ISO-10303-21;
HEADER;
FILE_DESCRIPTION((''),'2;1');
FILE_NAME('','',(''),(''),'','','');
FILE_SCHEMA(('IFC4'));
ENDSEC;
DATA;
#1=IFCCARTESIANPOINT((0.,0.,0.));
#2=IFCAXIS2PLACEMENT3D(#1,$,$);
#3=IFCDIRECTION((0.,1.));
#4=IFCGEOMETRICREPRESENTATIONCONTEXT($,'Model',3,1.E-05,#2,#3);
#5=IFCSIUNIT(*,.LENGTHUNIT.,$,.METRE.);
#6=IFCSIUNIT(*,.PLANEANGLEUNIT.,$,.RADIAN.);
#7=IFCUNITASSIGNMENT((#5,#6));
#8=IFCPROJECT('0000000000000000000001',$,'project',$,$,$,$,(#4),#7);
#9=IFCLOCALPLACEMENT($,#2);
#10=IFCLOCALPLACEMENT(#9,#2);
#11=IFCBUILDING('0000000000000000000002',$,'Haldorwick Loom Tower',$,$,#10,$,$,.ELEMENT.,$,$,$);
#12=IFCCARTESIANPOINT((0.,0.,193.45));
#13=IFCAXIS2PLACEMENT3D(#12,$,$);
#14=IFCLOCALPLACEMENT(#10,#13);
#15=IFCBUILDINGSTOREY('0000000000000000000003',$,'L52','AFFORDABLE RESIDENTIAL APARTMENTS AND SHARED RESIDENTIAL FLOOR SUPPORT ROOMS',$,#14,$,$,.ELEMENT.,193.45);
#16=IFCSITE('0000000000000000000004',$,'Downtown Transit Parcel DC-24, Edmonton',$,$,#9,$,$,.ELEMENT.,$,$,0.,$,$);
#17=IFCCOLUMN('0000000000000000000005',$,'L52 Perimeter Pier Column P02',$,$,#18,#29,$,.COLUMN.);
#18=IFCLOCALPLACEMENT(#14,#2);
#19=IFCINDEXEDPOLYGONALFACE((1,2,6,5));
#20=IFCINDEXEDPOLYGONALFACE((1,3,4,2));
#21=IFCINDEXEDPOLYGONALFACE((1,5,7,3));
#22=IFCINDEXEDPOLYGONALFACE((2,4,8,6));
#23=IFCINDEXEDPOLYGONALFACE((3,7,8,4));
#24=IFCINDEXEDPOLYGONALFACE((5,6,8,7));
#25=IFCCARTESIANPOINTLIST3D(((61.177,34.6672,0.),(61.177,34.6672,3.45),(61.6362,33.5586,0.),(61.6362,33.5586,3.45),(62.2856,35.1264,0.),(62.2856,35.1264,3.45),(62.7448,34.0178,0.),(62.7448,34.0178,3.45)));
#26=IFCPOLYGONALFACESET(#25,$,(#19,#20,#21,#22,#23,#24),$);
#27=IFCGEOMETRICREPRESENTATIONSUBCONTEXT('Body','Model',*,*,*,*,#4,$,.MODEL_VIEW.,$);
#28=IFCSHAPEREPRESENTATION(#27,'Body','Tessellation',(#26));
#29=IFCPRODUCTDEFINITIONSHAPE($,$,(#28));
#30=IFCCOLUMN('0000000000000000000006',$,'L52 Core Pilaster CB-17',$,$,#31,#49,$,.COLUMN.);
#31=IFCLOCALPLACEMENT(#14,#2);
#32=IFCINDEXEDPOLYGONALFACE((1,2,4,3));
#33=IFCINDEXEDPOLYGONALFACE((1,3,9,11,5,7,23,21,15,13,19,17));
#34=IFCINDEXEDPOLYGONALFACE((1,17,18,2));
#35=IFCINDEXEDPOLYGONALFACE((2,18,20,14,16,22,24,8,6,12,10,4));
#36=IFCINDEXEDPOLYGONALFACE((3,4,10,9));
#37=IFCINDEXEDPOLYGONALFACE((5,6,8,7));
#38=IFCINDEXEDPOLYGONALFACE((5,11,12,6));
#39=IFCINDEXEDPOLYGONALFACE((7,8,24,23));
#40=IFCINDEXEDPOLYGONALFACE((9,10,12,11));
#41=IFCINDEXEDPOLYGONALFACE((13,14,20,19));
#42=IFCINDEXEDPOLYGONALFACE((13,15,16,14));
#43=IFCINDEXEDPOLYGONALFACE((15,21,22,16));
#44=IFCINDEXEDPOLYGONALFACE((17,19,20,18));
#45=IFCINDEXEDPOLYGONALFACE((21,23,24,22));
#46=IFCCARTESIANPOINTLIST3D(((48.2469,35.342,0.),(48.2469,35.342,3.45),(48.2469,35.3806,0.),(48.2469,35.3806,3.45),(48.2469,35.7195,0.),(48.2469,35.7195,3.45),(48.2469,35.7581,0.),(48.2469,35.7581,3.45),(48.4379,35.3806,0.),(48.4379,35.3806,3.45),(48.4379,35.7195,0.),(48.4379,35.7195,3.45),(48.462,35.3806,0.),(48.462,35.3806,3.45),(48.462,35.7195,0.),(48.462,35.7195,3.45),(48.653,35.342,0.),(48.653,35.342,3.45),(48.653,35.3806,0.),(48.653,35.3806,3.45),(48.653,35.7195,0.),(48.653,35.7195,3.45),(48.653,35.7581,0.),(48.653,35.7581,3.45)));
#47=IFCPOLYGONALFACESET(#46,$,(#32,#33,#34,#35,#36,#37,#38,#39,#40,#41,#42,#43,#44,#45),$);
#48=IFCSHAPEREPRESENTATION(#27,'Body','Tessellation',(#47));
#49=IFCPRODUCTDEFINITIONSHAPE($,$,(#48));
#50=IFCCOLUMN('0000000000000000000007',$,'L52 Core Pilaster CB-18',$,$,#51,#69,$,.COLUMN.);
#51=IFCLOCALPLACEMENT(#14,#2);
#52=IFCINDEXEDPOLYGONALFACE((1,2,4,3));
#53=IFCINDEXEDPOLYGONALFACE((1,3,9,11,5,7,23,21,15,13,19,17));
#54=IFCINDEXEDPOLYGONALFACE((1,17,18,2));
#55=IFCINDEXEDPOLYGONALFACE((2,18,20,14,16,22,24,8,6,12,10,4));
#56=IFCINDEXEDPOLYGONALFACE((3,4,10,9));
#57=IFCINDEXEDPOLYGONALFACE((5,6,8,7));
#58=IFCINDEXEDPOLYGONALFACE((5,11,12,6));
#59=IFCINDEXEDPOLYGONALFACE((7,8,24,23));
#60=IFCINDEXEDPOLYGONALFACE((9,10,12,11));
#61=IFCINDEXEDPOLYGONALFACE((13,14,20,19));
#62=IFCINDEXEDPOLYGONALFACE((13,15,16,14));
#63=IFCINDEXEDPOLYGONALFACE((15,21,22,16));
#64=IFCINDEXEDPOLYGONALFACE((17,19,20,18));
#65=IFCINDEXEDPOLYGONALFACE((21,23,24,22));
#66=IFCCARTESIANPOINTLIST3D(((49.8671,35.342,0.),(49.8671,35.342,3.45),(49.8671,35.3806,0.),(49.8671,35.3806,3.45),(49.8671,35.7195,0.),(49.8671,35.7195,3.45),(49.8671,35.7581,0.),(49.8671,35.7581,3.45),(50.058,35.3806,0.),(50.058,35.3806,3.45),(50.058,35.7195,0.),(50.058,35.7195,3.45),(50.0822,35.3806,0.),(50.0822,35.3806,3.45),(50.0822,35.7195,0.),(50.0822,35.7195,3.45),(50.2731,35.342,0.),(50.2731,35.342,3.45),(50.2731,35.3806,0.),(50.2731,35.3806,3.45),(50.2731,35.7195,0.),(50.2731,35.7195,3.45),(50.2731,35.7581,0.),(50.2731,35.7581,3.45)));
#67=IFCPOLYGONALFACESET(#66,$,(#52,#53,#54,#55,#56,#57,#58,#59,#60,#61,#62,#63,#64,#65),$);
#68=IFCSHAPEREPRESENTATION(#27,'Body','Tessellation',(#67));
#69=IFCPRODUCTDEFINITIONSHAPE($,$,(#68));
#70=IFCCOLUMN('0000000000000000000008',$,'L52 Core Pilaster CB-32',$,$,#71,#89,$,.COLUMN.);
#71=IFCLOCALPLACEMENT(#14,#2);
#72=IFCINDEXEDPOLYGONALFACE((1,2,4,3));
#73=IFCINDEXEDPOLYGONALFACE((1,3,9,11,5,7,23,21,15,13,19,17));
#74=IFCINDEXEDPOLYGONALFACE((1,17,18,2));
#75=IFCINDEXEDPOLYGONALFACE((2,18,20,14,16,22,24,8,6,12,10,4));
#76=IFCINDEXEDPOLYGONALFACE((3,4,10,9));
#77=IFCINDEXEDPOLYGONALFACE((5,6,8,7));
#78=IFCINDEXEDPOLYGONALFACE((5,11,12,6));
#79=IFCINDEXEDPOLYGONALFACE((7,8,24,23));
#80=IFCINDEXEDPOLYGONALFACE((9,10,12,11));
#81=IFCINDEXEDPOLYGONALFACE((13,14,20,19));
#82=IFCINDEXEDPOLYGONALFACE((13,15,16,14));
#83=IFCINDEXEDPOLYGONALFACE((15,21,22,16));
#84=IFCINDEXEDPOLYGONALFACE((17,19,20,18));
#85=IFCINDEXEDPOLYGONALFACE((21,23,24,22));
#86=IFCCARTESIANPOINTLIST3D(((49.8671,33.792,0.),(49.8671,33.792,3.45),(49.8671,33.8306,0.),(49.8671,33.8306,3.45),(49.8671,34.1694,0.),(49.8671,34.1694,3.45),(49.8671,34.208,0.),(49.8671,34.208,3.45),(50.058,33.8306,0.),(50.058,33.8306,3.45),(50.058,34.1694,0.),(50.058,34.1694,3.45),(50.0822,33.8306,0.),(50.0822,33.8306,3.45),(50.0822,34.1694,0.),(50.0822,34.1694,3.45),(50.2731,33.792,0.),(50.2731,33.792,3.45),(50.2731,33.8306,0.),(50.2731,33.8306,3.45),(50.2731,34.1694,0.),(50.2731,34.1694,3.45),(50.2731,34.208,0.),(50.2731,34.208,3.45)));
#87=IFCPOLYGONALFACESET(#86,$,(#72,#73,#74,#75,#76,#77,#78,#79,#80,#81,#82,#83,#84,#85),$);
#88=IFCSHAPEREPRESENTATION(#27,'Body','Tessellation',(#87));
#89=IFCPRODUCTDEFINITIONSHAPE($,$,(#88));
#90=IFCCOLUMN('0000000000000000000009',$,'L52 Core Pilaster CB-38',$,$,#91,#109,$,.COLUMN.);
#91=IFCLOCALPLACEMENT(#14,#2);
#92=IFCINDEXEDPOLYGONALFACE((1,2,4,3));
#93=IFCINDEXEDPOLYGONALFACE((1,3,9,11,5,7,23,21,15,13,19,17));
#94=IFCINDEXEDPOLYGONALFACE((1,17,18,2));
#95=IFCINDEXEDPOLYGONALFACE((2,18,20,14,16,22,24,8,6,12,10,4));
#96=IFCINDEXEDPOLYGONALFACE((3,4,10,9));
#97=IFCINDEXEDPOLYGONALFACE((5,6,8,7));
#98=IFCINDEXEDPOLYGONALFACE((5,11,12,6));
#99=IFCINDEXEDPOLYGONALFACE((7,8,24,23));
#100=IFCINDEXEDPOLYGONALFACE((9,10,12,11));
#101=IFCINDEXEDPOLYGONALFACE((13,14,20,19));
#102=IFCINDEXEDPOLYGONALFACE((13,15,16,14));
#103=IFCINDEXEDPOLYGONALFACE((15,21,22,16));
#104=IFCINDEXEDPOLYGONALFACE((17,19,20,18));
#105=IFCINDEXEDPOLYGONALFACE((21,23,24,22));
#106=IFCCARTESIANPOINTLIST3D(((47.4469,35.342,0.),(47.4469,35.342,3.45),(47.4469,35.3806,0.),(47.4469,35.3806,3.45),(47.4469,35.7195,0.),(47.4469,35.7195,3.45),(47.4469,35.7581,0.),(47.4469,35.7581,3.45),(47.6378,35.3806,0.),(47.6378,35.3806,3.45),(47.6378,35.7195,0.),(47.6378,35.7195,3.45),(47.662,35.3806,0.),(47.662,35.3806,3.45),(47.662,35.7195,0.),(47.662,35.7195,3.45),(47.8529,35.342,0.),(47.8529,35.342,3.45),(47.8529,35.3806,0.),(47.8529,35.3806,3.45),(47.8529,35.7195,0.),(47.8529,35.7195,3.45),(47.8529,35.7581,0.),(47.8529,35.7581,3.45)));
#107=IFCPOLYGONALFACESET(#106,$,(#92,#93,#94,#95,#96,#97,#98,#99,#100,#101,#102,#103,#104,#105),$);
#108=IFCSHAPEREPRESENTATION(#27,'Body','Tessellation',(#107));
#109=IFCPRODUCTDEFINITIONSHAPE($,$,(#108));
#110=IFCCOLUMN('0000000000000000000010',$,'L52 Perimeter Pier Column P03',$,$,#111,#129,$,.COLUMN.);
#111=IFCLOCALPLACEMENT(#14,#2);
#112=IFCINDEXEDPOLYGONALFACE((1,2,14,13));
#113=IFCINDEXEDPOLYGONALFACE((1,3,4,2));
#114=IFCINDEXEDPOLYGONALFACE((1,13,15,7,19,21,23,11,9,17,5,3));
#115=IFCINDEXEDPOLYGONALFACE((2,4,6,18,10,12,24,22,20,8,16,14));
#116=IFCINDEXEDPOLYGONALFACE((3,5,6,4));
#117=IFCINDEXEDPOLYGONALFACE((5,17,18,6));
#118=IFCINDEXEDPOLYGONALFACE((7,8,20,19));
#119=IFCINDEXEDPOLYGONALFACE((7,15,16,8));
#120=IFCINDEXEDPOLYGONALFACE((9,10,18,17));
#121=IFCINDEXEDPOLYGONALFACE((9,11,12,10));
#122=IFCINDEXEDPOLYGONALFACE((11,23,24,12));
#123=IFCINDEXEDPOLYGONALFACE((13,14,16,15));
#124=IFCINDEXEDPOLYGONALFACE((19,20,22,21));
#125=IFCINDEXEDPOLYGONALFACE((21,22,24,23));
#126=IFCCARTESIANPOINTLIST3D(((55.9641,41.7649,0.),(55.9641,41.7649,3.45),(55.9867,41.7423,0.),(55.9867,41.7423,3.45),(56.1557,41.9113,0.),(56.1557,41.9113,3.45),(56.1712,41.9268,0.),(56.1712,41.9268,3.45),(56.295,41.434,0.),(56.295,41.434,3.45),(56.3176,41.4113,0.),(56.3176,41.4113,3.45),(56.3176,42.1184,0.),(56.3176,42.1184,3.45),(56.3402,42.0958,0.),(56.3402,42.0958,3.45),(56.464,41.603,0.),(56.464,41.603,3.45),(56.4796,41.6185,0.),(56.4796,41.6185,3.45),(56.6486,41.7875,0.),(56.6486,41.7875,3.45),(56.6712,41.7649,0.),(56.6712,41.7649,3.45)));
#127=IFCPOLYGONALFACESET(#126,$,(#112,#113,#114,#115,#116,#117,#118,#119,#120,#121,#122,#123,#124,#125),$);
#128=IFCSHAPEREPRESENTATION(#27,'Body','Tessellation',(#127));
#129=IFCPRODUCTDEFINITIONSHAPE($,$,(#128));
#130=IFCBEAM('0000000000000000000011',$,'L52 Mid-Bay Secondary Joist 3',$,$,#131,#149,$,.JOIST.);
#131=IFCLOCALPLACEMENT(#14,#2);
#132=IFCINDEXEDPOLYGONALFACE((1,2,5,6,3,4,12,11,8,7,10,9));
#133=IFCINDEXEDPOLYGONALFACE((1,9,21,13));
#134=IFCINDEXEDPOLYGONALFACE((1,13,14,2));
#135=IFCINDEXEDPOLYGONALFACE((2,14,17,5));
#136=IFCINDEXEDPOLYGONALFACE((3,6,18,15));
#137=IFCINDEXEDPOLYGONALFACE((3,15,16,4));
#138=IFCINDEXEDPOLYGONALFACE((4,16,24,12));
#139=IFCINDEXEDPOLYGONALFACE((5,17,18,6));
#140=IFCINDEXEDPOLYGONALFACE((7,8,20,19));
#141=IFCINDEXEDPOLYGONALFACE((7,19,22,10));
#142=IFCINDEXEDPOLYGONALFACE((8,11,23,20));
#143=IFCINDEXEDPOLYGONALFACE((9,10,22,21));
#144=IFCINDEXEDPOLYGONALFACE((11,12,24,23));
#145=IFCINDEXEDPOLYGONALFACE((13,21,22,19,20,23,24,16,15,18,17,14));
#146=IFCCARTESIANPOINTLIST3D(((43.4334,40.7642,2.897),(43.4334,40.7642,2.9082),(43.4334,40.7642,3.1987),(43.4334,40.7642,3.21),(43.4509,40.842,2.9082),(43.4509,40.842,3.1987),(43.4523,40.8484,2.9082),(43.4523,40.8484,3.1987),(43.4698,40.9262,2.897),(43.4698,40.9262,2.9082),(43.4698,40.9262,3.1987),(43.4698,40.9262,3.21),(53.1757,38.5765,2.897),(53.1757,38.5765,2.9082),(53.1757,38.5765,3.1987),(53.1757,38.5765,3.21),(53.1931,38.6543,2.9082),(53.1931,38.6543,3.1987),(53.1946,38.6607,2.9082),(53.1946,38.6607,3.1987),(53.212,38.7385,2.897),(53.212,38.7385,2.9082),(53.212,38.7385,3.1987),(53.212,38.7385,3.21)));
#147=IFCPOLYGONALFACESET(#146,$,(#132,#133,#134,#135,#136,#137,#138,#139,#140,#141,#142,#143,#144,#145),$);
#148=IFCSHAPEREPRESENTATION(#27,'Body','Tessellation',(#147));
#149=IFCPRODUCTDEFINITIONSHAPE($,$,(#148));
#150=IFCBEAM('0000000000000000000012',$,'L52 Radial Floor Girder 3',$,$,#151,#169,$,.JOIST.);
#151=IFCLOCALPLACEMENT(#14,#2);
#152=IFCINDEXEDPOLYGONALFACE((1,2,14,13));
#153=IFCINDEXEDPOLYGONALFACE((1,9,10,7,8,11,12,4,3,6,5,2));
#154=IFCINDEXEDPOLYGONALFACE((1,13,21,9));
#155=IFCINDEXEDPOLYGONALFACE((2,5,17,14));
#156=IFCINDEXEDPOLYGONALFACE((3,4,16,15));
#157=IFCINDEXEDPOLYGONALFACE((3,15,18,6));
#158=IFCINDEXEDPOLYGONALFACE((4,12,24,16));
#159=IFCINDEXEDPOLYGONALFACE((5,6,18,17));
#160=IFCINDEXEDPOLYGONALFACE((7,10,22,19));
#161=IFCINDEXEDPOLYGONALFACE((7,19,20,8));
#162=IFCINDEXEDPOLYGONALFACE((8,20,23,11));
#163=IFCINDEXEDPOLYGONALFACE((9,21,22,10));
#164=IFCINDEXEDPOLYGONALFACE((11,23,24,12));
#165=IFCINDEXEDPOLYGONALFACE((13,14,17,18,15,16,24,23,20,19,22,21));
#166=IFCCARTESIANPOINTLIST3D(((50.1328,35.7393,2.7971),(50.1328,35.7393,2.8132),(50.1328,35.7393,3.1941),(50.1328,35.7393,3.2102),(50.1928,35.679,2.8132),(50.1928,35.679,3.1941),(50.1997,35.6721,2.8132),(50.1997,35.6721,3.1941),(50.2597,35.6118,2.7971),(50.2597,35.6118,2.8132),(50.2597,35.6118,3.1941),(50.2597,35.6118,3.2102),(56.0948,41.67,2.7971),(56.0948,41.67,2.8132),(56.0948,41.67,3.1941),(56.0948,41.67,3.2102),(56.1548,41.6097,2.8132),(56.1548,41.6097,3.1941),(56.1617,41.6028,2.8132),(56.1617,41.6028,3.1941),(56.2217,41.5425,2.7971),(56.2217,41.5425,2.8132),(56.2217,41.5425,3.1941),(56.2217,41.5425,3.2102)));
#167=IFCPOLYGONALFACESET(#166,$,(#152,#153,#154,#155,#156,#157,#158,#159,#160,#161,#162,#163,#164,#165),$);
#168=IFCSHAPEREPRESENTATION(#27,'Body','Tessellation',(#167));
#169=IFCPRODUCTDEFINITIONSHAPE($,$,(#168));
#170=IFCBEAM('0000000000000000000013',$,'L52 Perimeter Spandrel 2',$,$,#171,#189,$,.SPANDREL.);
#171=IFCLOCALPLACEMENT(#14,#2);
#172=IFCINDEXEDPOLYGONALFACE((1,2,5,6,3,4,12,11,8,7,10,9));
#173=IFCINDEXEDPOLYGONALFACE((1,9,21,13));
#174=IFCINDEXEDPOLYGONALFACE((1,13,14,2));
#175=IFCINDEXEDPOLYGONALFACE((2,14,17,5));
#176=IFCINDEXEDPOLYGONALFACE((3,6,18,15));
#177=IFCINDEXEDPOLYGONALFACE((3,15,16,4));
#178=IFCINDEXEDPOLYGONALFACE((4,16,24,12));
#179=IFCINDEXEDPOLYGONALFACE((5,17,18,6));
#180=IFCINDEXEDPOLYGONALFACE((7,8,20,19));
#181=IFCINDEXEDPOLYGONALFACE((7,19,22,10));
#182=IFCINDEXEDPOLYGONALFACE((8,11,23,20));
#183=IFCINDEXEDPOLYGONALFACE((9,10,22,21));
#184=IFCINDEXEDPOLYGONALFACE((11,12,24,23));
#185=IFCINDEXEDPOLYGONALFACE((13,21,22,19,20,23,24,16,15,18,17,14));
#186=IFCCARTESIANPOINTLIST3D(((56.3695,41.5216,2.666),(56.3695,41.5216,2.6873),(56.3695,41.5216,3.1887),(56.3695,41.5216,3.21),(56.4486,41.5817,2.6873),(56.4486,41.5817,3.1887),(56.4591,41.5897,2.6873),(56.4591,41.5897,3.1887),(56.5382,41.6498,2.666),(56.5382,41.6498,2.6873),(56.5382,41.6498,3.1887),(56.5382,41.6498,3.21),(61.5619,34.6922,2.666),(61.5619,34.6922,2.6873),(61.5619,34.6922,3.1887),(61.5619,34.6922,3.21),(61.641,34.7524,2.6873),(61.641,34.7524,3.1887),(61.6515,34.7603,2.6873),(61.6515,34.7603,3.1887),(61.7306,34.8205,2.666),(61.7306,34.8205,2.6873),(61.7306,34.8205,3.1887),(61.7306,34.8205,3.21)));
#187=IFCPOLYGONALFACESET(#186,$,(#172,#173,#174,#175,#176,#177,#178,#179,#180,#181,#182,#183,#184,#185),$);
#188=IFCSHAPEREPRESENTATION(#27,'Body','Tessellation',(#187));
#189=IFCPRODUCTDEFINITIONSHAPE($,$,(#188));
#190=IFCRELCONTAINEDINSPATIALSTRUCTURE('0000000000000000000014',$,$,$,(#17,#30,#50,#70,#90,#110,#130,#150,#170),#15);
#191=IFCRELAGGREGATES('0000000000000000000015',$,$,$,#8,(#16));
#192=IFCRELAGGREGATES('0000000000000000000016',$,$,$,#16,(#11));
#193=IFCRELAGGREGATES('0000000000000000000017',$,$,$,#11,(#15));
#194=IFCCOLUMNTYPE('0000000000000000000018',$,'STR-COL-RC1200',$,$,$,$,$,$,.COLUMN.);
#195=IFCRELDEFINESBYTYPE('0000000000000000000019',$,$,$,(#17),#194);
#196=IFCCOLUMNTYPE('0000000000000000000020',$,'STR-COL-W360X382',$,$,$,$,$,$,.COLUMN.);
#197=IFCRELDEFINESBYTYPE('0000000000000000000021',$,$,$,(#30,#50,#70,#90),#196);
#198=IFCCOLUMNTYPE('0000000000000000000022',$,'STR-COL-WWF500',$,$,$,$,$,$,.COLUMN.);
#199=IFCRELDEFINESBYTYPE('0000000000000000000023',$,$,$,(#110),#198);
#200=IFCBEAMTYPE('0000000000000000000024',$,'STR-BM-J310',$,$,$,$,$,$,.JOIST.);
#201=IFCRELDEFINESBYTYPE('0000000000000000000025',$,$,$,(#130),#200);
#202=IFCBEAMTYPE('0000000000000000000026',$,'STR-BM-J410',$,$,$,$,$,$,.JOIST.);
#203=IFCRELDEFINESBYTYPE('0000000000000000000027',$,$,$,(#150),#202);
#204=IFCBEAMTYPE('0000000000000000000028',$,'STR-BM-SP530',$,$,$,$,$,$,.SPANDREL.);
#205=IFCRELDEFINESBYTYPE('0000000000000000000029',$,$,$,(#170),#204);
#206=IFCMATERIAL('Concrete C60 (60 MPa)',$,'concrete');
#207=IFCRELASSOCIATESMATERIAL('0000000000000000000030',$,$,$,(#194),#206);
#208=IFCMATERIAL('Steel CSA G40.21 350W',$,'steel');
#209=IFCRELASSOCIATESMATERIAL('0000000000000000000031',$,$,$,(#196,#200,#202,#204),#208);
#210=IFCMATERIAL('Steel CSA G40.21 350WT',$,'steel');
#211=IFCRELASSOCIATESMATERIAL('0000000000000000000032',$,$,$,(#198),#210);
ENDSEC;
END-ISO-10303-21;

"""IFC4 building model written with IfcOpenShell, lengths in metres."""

from ifc_helpers import new_model, si_unit, direction, frame, origin, origin_2d, place, context, subcontext, project, spatial, rectangle, i_section, extrude, material, material_profile, profile_set, type_object, element, save


model = new_model("IFC4")

# Units and contexts
model_context = context("Model", 3, precision=1e-05, world=origin(), true_north=direction((0.0, 1.0)))
body_context = subcontext(model_context, "Body", "Model", "MODEL_VIEW")
ifc_project = project(units=[si_unit("LENGTHUNIT", "METRE"), si_unit("PLANEANGLEUNIT", "RADIAN")], contexts=[model_context])

# Site, building, storey
site_placement = place(None, origin())
site = spatial("IfcSite", under=ifc_project, at=site_placement, Name="Downtown Transit Parcel DC-24, Edmonton", CompositionType="ELEMENT", RefElevation=0.0)
building_placement = place(site_placement, origin())
building = spatial("IfcBuilding", under=site, at=building_placement, Name="Haldorwick Loom Tower", CompositionType="ELEMENT")
storey_placement = place(building_placement, frame((0.0, 0.0, 193.45)))
storey = spatial("IfcBuildingStorey", under=building, at=storey_placement, Name="L52", Description="AFFORDABLE RESIDENTIAL APARTMENTS AND SHARED RESIDENTIAL FLOOR SUPPORT ROOMS", CompositionType="ELEMENT", Elevation=193.45)

# Columns
ifc_material_1 = material(Name="Concrete C60 (60 MPa)", Category="concrete")
ifc_material_profile_1 = material_profile(ifc_material_1, rectangle(XDim=1.2, YDim=1.2, at=origin_2d()), Name="RC1200X1200", Category="concrete")
ifc_profile_set_1 = profile_set([ifc_material_profile_1], Name="Concrete C60 (60 MPa)")
column_type_1 = type_object("IfcColumnType", Name="STR-COL-RC1200", PredefinedType="COLUMN", material=ifc_profile_set_1)
column_1_placement = place(storey_placement, frame((61.9609, 34.3425, 0.0), z_axis=(0.0, 0.0, 1.0), x_axis=(0.92388, 0.382683, 0.0)))
element("IfcColumn", 1, at=column_1_placement, inside=storey, type_object=column_type_1, Name="L52 Perimeter Pier Column P02", PredefinedType="COLUMN", context=body_context, shape_type="SweptSolid", body=[
    extrude(rectangle(XDim=1.2, YDim=1.2, at=origin_2d()), origin(), (0.0, 0.0, 1.0), 3.45),
])
ifc_material_2 = material(Name="Steel CSA G40.21 350W", Category="steel")
ifc_material_profile_2 = material_profile(ifc_material_2, i_section(OverallWidth=0.406, OverallDepth=0.416, WebThickness=0.0242, FlangeThickness=0.0386, at=origin_2d()), Name="W360X382", Category="steel")
ifc_profile_set_2 = profile_set([ifc_material_profile_2], Name="Steel CSA G40.21 350W")
column_type_2 = type_object("IfcColumnType", Name="STR-COL-W360X382", PredefinedType="COLUMN", material=ifc_profile_set_2)
for number, where, z_axis, x_axis, name in (
    (2, (48.45, 35.55, 0.0), (0.0, 0.0, 1.0), (1.0, 0.0, 0.0), "L52 Core Pilaster CB-17"),
    (3, (50.0701, 35.55, 0.0), (0.0, 0.0, 1.0), (1.0, 0.0, 0.0), "L52 Core Pilaster CB-18"),
    (4, (50.0701, 34.0, 0.0), (0.0, 0.0, 1.0), (1.0, 0.0, 0.0), "L52 Core Pilaster CB-32"),
    (5, (47.6499, 35.55, 0.0), (0.0, 0.0, 1.0), (1.0, 0.0, 0.0), "L52 Core Pilaster CB-38"),
):
    element("IfcColumn", number, at=place(storey_placement, frame(where, z_axis=z_axis, x_axis=x_axis)), inside=storey, type_object=column_type_2, Name=name, PredefinedType="COLUMN", context=body_context, shape_type="SweptSolid", body=[
        extrude(i_section(OverallWidth=0.406, OverallDepth=0.416, WebThickness=0.0242, FlangeThickness=0.0386, at=origin_2d()), origin(), (0.0, 0.0, 1.0), 3.45),
    ])
ifc_material_3 = material(Name="Steel CSA G40.21 350WT", Category="steel")
ifc_material_profile_3 = material_profile(ifc_material_3, i_section(OverallWidth=0.5, OverallDepth=0.5, WebThickness=0.022, FlangeThickness=0.032, at=origin_2d()), Name="WWF500X500", Category="steel")
ifc_profile_set_3 = profile_set([ifc_material_profile_3], Name="Steel CSA G40.21 350WT")
column_type_3 = type_object("IfcColumnType", Name="STR-COL-WWF500", PredefinedType="COLUMN", material=ifc_profile_set_3)
column_2_placement = place(storey_placement, frame((56.3176, 41.7649, 0.0), z_axis=(0.0, 0.0, 1.0), x_axis=(0.707107, 0.707107, 0.0)))
element("IfcColumn", 6, at=column_2_placement, inside=storey, type_object=column_type_3, Name="L52 Perimeter Pier Column P03", PredefinedType="COLUMN", context=body_context, shape_type="SweptSolid", body=[
    extrude(i_section(OverallWidth=0.5, OverallDepth=0.5, WebThickness=0.022, FlangeThickness=0.032, at=origin_2d()), origin(), (0.0, 0.0, 1.0), 3.45),
])

# Beams
ifc_material_profile_4 = material_profile(ifc_material_2, i_section(OverallWidth=0.166, OverallDepth=0.313, WebThickness=0.0066, FlangeThickness=0.0112, at=origin_2d()), Name="W310X45", Category="steel")
ifc_profile_set_4 = profile_set([ifc_material_profile_4], Name="Steel CSA G40.21 350W")
beam_type_1 = type_object("IfcBeamType", Name="STR-BM-J310", PredefinedType="JOIST", material=ifc_profile_set_4)
beam_1_placement = place(storey_placement, frame((53.1938, 38.6575, 3.0535), z_axis=(-0.975701, 0.219107, 0.0), x_axis=(-0.219107, -0.975701, 0.0)))
element("IfcBeam", 7, at=beam_1_placement, inside=storey, type_object=beam_type_1, Name="L52 Mid-Bay Secondary Joist 3", PredefinedType="JOIST", context=body_context, shape_type="SweptSolid", body=[
    extrude(i_section(OverallWidth=0.166, OverallDepth=0.313, WebThickness=0.0066, FlangeThickness=0.0112, at=origin_2d()), origin(), (0.0, 0.0, 1.0), 9.9849),
])
ifc_material_profile_5 = material_profile(ifc_material_2, i_section(OverallWidth=0.1799, OverallDepth=0.4131, WebThickness=0.0098, FlangeThickness=0.0161, at=origin_2d()), Name="W410X74", Category="steel")
ifc_profile_set_5 = profile_set([ifc_material_profile_5], Name="Steel CSA G40.21 350W")
beam_type_2 = type_object("IfcBeamType", Name="STR-BM-J410", PredefinedType="JOIST", material=ifc_profile_set_5)
beam_2_placement = place(storey_placement, frame((50.1963, 35.6755, 3.0037), z_axis=(0.708962, 0.705246, 0.0), x_axis=(-0.705246, 0.708962, 0.0)))
element("IfcBeam", 8, at=beam_2_placement, inside=storey, type_object=beam_type_2, Name="L52 Radial Floor Girder 3", PredefinedType="JOIST", context=body_context, shape_type="SweptSolid", body=[
    extrude(i_section(OverallWidth=0.1799, OverallDepth=0.4131, WebThickness=0.0098, FlangeThickness=0.0161, at=origin_2d()), origin(), (0.0, 0.0, 1.0), 8.4094),
])
ifc_material_profile_6 = material_profile(ifc_material_2, i_section(OverallWidth=0.2119, OverallDepth=0.5439, WebThickness=0.0132, FlangeThickness=0.0212, at=origin_2d()), Name="W530X123", Category="steel")
ifc_profile_set_6 = profile_set([ifc_material_profile_6], Name="Steel CSA G40.21 350W")
beam_type_3 = type_object("IfcBeamType", Name="STR-BM-SP530", PredefinedType="SPANDREL", material=ifc_profile_set_6)
beam_3_placement = place(storey_placement, frame((61.6462, 34.7563, 2.938), z_axis=(-0.605237, 0.796045, 0.0), x_axis=(-0.796045, -0.605237, 0.0)))
element("IfcBeam", 9, at=beam_3_placement, inside=storey, type_object=beam_type_3, Name="L52 Perimeter Spandrel 2", PredefinedType="SPANDREL", context=body_context, shape_type="SweptSolid", body=[
    extrude(i_section(OverallWidth=0.2119, OverallDepth=0.5439, WebThickness=0.0132, FlangeThickness=0.0212, at=origin_2d()), origin(), (0.0, 0.0, 1.0), 8.5791),
])

save(model, "model.ifc")
